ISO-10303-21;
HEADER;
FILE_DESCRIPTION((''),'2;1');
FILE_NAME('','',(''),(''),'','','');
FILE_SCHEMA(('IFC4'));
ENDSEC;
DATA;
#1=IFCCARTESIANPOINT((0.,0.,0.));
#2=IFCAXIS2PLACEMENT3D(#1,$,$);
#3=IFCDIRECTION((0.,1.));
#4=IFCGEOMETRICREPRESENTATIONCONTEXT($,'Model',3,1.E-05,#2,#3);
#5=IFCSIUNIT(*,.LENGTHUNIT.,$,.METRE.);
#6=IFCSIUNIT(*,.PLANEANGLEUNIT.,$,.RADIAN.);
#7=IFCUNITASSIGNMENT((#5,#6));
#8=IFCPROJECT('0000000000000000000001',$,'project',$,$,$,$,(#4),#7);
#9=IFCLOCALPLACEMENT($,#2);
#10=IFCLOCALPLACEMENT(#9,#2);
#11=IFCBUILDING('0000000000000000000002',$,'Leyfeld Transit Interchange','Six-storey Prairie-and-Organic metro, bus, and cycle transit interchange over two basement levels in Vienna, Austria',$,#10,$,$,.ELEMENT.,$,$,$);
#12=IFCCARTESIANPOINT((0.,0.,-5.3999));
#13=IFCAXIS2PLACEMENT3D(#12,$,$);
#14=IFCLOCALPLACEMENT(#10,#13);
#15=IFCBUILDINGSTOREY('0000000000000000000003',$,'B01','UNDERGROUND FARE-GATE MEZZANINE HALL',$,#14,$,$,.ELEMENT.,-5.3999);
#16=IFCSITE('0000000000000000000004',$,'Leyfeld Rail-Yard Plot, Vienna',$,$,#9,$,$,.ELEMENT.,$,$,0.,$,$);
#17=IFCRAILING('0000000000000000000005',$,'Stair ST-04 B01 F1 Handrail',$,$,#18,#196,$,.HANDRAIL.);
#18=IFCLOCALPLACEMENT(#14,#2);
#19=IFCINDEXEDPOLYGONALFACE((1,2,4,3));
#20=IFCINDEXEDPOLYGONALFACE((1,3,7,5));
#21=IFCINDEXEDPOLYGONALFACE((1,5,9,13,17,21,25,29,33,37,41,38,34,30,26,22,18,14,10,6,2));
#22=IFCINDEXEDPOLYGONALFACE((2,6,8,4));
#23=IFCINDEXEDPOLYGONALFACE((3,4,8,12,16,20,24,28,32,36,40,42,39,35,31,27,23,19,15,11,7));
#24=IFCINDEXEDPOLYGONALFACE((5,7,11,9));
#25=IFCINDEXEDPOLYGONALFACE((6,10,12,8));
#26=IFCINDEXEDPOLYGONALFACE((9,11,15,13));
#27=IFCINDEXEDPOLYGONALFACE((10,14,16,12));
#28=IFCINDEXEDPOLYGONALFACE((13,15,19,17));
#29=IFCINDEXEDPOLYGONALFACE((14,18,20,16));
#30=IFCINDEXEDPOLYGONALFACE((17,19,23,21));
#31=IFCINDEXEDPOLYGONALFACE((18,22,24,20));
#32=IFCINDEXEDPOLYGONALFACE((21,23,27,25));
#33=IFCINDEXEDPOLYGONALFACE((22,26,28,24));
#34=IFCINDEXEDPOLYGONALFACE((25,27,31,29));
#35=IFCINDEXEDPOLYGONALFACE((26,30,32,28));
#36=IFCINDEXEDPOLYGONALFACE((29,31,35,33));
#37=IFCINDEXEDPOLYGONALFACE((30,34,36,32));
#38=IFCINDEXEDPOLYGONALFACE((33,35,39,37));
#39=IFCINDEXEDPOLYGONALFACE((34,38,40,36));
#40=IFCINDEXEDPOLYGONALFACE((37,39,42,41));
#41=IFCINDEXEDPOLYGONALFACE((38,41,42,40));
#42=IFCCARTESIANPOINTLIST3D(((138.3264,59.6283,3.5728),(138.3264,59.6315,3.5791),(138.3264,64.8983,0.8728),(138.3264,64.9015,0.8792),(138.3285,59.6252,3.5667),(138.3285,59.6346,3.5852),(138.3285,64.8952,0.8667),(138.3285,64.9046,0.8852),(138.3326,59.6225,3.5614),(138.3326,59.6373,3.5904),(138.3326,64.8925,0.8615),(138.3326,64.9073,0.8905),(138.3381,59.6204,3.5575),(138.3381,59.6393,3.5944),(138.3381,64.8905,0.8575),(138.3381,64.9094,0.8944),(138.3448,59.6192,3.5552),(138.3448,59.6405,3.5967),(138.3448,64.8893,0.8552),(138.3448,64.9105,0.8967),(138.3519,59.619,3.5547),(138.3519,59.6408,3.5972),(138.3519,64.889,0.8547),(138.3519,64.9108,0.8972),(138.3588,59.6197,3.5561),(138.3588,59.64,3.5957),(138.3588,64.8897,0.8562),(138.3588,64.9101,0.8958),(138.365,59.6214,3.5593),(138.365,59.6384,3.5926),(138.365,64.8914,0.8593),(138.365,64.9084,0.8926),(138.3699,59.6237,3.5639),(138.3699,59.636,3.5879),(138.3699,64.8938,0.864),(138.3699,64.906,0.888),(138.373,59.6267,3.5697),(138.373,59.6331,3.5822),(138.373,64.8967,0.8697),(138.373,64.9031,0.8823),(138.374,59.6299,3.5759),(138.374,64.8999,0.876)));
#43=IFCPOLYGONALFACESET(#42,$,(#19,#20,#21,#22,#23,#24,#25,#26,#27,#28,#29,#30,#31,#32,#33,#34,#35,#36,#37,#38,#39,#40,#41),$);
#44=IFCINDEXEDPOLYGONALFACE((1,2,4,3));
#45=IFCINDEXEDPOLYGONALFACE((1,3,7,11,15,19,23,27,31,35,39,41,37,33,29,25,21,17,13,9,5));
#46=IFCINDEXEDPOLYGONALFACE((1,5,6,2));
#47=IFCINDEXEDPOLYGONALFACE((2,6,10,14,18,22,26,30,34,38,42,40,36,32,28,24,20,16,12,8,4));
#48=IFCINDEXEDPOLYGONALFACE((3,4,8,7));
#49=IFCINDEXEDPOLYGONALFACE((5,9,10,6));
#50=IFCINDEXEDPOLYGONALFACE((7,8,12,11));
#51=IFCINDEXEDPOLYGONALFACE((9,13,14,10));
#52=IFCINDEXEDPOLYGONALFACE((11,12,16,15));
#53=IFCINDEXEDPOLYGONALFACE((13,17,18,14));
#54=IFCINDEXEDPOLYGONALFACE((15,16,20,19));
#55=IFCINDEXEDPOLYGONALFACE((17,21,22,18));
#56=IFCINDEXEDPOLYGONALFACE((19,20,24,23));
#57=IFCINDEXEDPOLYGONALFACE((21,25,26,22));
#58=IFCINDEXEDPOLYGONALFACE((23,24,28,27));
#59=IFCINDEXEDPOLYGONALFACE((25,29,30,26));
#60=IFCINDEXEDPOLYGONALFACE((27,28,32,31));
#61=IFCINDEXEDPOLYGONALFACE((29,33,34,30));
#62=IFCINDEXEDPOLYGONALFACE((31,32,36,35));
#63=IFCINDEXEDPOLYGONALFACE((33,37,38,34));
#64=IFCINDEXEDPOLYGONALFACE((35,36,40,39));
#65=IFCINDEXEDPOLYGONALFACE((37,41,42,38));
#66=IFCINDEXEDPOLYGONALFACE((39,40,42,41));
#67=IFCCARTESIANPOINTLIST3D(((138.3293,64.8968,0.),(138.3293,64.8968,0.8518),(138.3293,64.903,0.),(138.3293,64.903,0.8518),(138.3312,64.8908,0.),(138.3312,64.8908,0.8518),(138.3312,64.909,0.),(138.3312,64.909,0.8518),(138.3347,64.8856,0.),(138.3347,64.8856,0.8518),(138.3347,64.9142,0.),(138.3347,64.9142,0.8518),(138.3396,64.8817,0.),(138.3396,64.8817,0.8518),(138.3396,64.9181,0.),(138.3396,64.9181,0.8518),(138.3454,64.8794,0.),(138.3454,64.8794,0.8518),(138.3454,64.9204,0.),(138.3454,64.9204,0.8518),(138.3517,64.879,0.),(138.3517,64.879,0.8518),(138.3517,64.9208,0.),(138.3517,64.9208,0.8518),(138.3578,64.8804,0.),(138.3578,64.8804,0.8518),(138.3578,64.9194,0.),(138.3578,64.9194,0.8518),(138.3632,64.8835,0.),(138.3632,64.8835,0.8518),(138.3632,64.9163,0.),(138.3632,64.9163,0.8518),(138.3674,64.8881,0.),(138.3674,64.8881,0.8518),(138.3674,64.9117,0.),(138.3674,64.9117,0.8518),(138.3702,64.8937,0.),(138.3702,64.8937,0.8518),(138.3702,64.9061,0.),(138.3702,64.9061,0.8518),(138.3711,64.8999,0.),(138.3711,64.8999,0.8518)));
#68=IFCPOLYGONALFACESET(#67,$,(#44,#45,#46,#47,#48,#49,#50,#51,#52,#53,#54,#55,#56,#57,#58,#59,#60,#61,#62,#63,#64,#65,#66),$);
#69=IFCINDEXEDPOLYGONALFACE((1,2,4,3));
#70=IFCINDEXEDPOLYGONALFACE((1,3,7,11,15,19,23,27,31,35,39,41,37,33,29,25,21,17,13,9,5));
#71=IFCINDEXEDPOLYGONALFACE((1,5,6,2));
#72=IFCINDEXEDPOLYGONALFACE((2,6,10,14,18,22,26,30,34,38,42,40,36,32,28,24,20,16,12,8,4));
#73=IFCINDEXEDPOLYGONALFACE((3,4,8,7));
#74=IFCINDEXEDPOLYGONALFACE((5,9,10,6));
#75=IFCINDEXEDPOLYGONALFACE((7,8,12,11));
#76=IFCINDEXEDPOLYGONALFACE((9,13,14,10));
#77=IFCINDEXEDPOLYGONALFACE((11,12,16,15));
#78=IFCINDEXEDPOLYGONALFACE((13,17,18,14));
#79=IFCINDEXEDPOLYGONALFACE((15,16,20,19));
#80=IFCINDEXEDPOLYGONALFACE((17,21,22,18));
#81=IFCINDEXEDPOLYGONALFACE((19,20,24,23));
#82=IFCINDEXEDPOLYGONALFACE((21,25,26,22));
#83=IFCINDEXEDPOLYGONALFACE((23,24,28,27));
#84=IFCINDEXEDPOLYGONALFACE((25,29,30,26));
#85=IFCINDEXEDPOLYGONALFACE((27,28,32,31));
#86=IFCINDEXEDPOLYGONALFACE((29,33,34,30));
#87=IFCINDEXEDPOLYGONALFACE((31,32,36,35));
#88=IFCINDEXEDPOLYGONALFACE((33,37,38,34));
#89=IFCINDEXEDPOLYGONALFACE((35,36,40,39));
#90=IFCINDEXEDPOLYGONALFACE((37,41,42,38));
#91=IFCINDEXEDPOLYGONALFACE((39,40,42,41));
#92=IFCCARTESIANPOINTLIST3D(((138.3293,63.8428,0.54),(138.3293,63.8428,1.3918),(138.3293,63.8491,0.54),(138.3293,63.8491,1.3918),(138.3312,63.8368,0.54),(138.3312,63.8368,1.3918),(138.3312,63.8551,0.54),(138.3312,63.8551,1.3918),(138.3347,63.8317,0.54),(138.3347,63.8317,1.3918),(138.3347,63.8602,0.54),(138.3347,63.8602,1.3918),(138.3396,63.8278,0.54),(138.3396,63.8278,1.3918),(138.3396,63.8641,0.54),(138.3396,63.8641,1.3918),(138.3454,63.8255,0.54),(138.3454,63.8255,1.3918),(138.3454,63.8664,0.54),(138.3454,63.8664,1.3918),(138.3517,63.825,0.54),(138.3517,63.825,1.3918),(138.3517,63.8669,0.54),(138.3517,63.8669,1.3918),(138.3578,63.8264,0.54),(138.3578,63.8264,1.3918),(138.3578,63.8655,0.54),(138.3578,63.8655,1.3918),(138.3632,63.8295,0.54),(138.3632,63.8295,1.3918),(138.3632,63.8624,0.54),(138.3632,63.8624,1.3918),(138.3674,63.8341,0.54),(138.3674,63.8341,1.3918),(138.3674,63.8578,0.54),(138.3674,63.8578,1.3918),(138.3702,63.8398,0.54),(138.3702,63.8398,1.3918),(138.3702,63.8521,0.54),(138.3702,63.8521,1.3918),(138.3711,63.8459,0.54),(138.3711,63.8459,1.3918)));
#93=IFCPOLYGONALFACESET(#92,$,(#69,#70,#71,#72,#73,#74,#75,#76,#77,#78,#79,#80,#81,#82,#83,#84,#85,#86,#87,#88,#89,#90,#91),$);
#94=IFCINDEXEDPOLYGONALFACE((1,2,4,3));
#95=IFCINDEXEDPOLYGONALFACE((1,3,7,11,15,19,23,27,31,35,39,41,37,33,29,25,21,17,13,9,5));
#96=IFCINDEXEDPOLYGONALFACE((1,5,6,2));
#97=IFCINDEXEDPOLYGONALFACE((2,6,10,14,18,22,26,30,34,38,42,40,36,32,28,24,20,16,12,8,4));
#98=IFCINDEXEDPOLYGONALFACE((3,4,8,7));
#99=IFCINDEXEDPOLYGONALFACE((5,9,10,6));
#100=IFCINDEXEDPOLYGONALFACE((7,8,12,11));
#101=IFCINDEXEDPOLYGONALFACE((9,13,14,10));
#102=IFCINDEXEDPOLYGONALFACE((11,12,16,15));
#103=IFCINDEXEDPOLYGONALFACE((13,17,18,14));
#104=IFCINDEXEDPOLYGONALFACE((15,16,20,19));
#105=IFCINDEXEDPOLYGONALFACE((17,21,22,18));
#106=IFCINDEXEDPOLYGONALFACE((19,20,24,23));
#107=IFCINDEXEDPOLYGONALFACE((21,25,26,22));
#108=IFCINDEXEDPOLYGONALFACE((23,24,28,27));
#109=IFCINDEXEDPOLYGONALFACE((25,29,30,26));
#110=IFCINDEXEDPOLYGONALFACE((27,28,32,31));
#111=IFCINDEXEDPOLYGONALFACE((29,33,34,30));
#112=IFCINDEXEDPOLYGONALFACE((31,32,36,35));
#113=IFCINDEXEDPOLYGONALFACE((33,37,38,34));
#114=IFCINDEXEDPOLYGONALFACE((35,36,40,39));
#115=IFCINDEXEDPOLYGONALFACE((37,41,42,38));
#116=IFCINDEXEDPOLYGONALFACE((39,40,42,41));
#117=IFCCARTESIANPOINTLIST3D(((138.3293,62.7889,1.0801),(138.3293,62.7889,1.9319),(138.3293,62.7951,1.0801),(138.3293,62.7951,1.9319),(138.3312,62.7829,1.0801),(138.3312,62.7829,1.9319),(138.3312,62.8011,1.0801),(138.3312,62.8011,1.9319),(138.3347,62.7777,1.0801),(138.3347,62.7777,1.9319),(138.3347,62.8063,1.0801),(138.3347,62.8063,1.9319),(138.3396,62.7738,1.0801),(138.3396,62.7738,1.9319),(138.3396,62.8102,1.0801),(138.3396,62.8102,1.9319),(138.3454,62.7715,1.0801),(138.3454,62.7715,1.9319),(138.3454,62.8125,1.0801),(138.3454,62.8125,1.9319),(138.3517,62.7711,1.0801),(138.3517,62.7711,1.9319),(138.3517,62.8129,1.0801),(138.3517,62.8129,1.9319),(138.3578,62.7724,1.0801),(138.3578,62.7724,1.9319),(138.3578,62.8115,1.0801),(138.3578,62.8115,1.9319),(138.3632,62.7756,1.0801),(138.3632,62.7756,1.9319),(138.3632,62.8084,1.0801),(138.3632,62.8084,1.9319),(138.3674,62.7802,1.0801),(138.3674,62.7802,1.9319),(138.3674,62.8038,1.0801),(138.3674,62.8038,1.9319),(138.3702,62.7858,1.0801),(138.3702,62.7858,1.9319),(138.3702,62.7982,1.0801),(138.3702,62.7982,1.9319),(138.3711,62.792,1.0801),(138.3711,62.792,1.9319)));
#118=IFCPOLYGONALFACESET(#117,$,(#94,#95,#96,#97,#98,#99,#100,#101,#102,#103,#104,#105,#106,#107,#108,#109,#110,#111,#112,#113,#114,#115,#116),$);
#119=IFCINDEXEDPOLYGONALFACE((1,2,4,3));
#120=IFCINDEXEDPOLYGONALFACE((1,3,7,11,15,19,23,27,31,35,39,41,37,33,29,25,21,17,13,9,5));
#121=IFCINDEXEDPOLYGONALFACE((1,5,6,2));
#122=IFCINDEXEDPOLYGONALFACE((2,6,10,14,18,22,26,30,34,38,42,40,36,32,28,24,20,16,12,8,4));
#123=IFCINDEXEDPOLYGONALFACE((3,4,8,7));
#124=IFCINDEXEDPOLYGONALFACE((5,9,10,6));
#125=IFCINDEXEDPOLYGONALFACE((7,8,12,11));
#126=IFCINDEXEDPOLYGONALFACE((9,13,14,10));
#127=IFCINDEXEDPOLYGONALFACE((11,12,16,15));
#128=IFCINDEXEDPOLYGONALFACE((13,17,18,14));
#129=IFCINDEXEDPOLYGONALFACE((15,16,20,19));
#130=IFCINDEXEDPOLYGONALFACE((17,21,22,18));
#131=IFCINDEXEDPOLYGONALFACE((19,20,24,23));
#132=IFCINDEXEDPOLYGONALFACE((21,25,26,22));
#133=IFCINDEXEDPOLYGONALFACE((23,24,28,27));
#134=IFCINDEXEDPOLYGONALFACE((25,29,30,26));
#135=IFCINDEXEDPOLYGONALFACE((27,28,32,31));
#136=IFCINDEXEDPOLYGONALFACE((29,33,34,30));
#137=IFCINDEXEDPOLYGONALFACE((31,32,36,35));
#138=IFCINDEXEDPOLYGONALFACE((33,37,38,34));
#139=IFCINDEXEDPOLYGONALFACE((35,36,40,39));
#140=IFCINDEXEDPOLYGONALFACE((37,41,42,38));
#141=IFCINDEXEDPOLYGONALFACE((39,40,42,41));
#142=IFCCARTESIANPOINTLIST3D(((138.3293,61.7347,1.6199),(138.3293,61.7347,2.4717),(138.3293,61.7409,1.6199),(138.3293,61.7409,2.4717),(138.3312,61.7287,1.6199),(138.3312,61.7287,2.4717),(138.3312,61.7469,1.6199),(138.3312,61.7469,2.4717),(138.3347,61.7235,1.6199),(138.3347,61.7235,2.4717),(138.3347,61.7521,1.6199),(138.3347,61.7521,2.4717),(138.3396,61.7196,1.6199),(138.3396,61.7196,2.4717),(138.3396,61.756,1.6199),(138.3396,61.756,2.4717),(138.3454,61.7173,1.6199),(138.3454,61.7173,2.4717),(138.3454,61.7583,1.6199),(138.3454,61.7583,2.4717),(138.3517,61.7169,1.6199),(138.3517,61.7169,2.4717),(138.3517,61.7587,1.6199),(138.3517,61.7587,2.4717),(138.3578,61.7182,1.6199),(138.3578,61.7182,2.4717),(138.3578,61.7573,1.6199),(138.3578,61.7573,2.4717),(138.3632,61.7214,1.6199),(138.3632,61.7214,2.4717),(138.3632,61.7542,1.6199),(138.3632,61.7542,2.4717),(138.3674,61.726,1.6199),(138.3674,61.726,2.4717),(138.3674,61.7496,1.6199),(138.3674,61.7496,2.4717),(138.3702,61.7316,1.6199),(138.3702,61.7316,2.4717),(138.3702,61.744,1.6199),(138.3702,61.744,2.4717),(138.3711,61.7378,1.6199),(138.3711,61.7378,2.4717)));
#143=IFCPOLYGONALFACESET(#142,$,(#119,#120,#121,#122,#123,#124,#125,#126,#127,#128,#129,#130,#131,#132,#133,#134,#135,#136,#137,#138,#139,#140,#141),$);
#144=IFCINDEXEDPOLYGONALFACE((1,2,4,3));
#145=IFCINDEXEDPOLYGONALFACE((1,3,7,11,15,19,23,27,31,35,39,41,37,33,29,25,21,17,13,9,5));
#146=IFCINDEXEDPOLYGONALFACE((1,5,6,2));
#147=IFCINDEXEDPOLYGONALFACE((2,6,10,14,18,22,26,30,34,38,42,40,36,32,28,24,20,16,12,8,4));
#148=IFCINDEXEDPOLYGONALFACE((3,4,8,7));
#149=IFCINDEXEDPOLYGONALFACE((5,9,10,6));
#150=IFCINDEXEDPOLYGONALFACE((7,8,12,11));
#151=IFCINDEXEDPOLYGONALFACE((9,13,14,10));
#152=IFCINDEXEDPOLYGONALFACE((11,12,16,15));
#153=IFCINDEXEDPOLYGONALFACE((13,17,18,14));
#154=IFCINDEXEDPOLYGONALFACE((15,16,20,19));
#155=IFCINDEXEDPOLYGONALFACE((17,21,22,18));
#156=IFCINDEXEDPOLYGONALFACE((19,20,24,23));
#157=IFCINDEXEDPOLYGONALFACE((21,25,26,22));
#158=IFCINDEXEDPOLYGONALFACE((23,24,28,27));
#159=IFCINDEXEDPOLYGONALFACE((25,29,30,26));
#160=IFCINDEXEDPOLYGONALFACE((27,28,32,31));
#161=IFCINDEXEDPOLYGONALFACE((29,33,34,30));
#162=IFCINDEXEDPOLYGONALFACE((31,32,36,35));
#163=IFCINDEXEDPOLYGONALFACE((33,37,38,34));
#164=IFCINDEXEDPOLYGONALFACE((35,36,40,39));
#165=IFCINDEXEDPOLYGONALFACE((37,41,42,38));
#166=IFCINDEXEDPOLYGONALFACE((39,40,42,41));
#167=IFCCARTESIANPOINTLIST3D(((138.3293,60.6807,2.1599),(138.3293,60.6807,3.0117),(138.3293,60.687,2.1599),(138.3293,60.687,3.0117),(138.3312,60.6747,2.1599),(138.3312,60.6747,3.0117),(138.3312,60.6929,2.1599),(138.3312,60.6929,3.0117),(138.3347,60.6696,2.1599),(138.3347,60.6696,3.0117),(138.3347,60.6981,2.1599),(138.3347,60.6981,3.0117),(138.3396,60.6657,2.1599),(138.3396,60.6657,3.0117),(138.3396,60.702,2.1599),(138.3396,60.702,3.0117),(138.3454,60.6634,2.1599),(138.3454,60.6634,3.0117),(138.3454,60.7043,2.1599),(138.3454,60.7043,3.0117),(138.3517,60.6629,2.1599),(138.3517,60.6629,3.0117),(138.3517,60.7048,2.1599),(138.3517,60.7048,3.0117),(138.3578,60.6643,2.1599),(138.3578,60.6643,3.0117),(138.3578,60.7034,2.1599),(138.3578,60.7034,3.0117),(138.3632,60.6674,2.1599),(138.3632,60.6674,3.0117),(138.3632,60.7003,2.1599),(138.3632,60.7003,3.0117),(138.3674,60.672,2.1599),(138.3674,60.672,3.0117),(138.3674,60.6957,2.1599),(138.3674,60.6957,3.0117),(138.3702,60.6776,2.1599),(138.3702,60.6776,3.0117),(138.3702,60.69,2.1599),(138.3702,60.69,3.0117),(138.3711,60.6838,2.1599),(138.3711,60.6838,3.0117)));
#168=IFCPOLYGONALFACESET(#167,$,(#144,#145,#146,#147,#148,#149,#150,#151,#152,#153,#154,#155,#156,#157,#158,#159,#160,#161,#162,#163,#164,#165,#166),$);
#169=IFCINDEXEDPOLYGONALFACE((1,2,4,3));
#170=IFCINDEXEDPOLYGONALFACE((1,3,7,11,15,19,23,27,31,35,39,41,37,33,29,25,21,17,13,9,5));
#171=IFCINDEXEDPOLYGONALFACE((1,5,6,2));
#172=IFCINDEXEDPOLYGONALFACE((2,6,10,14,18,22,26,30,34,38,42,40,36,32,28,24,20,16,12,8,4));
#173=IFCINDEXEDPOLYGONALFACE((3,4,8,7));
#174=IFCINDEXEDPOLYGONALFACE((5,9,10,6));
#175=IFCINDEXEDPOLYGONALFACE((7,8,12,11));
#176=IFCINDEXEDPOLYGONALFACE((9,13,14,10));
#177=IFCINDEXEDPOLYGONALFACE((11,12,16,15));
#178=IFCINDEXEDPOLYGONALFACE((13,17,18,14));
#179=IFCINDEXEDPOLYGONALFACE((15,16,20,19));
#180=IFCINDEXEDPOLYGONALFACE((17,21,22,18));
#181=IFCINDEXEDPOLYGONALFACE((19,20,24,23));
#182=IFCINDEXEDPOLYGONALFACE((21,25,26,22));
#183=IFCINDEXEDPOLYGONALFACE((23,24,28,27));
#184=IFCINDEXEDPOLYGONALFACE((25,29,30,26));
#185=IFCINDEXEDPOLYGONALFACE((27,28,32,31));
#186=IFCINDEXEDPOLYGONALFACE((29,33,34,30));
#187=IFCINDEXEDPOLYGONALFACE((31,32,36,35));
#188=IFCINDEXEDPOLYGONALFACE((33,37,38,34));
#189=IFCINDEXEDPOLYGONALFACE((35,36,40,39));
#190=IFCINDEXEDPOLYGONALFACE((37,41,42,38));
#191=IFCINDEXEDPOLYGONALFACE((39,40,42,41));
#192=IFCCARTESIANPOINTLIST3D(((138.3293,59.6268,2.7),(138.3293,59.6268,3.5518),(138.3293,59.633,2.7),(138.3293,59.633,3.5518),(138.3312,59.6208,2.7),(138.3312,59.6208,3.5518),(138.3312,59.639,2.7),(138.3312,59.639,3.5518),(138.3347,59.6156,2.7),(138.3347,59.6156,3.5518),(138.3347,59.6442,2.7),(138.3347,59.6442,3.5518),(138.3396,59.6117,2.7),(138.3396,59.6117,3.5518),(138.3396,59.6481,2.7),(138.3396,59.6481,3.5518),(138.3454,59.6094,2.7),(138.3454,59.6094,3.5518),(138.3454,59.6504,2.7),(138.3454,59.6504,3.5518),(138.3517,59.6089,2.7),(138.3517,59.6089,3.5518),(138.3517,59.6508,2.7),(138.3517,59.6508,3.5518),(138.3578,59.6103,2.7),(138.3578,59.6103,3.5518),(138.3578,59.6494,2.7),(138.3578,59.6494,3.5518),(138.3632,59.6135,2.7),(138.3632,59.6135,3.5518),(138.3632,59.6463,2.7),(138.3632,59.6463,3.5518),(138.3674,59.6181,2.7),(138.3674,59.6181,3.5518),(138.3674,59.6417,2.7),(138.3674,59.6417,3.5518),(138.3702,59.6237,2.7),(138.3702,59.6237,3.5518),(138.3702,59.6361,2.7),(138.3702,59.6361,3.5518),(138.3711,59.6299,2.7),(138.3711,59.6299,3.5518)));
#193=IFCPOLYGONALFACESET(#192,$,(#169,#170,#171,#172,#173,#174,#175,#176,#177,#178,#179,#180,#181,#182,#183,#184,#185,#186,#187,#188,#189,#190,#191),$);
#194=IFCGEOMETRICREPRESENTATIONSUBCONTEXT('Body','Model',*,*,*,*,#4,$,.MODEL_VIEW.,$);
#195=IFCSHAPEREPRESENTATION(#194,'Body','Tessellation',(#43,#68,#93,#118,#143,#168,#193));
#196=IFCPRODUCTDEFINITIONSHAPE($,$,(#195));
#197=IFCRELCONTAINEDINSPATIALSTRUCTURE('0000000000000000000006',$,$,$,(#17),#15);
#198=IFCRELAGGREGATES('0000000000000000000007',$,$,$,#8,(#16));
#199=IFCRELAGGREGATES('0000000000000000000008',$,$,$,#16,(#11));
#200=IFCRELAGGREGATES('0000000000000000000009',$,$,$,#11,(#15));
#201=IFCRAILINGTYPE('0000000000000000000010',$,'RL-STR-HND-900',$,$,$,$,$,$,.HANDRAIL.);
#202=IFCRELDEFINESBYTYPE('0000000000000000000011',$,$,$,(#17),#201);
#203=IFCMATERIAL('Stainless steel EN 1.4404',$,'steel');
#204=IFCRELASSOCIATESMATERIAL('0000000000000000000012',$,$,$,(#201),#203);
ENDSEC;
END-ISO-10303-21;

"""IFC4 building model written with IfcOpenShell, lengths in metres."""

from ifc_helpers import new_model, si_unit, direction, frame, origin, origin_2d, place, context, subcontext, project, spatial, circle, extrude, material, type_object, element, save


model = new_model("IFC4")

# Units and contexts
model_context = context("Model", 3, precision=1e-05, world=origin(), true_north=direction((0.0, 1.0)))
body_context = subcontext(model_context, "Body", "Model", "MODEL_VIEW")
ifc_project = project(units=[si_unit("LENGTHUNIT", "METRE"), si_unit("PLANEANGLEUNIT", "RADIAN")], contexts=[model_context])

# Site, building, storey
site_placement = place(None, origin())
site = spatial("IfcSite", under=ifc_project, at=site_placement, Name="Leyfeld Rail-Yard Plot, Vienna", CompositionType="ELEMENT", RefElevation=0.0)
building_placement = place(site_placement, origin())
building = spatial("IfcBuilding", under=site, at=building_placement, Name="Leyfeld Transit Interchange", Description="Six-storey Prairie-and-Organic metro, bus, and cycle transit interchange over two basement levels in Vienna, Austria", CompositionType="ELEMENT")
storey_placement = place(building_placement, frame((0.0, 0.0, -5.3999)))
storey = spatial("IfcBuildingStorey", under=building, at=storey_placement, Name="B01", Description="UNDERGROUND FARE-GATE MEZZANINE HALL", CompositionType="ELEMENT", Elevation=-5.3999)

# Railing
ifc_material_1 = material(Name="Stainless steel EN 1.4404", Category="steel")
railing_type_1 = type_object("IfcRailingType", Name="RL-STR-HND-900", PredefinedType="HANDRAIL", material=ifc_material_1)
railing_1_placement = place(storey_placement, frame((138.3501, 64.8999, 0.0)))
element("IfcRailing", 1, at=railing_1_placement, inside=storey, type_object=railing_type_1, Name="Stair ST-04 B01 F1 Handrail", PredefinedType="HANDRAIL", context=body_context, shape_type="SweptSolid", body=[
    extrude(circle(Radius=0.0239, at=origin_2d()), frame((0.0, 0.0, 0.876), z_axis=(0.0, -0.889997, 0.455966), x_axis=(1.0, 0.0, 0.0)), (0.0, 0.0, 1.0), 5.9214),
    extrude(circle(Radius=0.021, at=origin_2d()), origin(), (0.0, 0.0, 1.0), 0.8518),
    extrude(circle(Radius=0.021, at=origin_2d()), frame((0.0, -1.054, 0.54)), (0.0, 0.0, 1.0), 0.8518),
    extrude(circle(Radius=0.021, at=origin_2d()), frame((0.0, -2.1079, 1.0801)), (0.0, 0.0, 1.0), 0.8518),
    extrude(circle(Radius=0.021, at=origin_2d()), frame((0.0, -3.1621, 1.6199)), (0.0, 0.0, 1.0), 0.8518),
    extrude(circle(Radius=0.021, at=origin_2d()), frame((0.0, -4.2161, 2.1599)), (0.0, 0.0, 1.0), 0.8518),
    extrude(circle(Radius=0.021, at=origin_2d()), frame((0.0, -5.27, 2.7)), (0.0, 0.0, 1.0), 0.8518),
])

save(model, "model.ifc")
